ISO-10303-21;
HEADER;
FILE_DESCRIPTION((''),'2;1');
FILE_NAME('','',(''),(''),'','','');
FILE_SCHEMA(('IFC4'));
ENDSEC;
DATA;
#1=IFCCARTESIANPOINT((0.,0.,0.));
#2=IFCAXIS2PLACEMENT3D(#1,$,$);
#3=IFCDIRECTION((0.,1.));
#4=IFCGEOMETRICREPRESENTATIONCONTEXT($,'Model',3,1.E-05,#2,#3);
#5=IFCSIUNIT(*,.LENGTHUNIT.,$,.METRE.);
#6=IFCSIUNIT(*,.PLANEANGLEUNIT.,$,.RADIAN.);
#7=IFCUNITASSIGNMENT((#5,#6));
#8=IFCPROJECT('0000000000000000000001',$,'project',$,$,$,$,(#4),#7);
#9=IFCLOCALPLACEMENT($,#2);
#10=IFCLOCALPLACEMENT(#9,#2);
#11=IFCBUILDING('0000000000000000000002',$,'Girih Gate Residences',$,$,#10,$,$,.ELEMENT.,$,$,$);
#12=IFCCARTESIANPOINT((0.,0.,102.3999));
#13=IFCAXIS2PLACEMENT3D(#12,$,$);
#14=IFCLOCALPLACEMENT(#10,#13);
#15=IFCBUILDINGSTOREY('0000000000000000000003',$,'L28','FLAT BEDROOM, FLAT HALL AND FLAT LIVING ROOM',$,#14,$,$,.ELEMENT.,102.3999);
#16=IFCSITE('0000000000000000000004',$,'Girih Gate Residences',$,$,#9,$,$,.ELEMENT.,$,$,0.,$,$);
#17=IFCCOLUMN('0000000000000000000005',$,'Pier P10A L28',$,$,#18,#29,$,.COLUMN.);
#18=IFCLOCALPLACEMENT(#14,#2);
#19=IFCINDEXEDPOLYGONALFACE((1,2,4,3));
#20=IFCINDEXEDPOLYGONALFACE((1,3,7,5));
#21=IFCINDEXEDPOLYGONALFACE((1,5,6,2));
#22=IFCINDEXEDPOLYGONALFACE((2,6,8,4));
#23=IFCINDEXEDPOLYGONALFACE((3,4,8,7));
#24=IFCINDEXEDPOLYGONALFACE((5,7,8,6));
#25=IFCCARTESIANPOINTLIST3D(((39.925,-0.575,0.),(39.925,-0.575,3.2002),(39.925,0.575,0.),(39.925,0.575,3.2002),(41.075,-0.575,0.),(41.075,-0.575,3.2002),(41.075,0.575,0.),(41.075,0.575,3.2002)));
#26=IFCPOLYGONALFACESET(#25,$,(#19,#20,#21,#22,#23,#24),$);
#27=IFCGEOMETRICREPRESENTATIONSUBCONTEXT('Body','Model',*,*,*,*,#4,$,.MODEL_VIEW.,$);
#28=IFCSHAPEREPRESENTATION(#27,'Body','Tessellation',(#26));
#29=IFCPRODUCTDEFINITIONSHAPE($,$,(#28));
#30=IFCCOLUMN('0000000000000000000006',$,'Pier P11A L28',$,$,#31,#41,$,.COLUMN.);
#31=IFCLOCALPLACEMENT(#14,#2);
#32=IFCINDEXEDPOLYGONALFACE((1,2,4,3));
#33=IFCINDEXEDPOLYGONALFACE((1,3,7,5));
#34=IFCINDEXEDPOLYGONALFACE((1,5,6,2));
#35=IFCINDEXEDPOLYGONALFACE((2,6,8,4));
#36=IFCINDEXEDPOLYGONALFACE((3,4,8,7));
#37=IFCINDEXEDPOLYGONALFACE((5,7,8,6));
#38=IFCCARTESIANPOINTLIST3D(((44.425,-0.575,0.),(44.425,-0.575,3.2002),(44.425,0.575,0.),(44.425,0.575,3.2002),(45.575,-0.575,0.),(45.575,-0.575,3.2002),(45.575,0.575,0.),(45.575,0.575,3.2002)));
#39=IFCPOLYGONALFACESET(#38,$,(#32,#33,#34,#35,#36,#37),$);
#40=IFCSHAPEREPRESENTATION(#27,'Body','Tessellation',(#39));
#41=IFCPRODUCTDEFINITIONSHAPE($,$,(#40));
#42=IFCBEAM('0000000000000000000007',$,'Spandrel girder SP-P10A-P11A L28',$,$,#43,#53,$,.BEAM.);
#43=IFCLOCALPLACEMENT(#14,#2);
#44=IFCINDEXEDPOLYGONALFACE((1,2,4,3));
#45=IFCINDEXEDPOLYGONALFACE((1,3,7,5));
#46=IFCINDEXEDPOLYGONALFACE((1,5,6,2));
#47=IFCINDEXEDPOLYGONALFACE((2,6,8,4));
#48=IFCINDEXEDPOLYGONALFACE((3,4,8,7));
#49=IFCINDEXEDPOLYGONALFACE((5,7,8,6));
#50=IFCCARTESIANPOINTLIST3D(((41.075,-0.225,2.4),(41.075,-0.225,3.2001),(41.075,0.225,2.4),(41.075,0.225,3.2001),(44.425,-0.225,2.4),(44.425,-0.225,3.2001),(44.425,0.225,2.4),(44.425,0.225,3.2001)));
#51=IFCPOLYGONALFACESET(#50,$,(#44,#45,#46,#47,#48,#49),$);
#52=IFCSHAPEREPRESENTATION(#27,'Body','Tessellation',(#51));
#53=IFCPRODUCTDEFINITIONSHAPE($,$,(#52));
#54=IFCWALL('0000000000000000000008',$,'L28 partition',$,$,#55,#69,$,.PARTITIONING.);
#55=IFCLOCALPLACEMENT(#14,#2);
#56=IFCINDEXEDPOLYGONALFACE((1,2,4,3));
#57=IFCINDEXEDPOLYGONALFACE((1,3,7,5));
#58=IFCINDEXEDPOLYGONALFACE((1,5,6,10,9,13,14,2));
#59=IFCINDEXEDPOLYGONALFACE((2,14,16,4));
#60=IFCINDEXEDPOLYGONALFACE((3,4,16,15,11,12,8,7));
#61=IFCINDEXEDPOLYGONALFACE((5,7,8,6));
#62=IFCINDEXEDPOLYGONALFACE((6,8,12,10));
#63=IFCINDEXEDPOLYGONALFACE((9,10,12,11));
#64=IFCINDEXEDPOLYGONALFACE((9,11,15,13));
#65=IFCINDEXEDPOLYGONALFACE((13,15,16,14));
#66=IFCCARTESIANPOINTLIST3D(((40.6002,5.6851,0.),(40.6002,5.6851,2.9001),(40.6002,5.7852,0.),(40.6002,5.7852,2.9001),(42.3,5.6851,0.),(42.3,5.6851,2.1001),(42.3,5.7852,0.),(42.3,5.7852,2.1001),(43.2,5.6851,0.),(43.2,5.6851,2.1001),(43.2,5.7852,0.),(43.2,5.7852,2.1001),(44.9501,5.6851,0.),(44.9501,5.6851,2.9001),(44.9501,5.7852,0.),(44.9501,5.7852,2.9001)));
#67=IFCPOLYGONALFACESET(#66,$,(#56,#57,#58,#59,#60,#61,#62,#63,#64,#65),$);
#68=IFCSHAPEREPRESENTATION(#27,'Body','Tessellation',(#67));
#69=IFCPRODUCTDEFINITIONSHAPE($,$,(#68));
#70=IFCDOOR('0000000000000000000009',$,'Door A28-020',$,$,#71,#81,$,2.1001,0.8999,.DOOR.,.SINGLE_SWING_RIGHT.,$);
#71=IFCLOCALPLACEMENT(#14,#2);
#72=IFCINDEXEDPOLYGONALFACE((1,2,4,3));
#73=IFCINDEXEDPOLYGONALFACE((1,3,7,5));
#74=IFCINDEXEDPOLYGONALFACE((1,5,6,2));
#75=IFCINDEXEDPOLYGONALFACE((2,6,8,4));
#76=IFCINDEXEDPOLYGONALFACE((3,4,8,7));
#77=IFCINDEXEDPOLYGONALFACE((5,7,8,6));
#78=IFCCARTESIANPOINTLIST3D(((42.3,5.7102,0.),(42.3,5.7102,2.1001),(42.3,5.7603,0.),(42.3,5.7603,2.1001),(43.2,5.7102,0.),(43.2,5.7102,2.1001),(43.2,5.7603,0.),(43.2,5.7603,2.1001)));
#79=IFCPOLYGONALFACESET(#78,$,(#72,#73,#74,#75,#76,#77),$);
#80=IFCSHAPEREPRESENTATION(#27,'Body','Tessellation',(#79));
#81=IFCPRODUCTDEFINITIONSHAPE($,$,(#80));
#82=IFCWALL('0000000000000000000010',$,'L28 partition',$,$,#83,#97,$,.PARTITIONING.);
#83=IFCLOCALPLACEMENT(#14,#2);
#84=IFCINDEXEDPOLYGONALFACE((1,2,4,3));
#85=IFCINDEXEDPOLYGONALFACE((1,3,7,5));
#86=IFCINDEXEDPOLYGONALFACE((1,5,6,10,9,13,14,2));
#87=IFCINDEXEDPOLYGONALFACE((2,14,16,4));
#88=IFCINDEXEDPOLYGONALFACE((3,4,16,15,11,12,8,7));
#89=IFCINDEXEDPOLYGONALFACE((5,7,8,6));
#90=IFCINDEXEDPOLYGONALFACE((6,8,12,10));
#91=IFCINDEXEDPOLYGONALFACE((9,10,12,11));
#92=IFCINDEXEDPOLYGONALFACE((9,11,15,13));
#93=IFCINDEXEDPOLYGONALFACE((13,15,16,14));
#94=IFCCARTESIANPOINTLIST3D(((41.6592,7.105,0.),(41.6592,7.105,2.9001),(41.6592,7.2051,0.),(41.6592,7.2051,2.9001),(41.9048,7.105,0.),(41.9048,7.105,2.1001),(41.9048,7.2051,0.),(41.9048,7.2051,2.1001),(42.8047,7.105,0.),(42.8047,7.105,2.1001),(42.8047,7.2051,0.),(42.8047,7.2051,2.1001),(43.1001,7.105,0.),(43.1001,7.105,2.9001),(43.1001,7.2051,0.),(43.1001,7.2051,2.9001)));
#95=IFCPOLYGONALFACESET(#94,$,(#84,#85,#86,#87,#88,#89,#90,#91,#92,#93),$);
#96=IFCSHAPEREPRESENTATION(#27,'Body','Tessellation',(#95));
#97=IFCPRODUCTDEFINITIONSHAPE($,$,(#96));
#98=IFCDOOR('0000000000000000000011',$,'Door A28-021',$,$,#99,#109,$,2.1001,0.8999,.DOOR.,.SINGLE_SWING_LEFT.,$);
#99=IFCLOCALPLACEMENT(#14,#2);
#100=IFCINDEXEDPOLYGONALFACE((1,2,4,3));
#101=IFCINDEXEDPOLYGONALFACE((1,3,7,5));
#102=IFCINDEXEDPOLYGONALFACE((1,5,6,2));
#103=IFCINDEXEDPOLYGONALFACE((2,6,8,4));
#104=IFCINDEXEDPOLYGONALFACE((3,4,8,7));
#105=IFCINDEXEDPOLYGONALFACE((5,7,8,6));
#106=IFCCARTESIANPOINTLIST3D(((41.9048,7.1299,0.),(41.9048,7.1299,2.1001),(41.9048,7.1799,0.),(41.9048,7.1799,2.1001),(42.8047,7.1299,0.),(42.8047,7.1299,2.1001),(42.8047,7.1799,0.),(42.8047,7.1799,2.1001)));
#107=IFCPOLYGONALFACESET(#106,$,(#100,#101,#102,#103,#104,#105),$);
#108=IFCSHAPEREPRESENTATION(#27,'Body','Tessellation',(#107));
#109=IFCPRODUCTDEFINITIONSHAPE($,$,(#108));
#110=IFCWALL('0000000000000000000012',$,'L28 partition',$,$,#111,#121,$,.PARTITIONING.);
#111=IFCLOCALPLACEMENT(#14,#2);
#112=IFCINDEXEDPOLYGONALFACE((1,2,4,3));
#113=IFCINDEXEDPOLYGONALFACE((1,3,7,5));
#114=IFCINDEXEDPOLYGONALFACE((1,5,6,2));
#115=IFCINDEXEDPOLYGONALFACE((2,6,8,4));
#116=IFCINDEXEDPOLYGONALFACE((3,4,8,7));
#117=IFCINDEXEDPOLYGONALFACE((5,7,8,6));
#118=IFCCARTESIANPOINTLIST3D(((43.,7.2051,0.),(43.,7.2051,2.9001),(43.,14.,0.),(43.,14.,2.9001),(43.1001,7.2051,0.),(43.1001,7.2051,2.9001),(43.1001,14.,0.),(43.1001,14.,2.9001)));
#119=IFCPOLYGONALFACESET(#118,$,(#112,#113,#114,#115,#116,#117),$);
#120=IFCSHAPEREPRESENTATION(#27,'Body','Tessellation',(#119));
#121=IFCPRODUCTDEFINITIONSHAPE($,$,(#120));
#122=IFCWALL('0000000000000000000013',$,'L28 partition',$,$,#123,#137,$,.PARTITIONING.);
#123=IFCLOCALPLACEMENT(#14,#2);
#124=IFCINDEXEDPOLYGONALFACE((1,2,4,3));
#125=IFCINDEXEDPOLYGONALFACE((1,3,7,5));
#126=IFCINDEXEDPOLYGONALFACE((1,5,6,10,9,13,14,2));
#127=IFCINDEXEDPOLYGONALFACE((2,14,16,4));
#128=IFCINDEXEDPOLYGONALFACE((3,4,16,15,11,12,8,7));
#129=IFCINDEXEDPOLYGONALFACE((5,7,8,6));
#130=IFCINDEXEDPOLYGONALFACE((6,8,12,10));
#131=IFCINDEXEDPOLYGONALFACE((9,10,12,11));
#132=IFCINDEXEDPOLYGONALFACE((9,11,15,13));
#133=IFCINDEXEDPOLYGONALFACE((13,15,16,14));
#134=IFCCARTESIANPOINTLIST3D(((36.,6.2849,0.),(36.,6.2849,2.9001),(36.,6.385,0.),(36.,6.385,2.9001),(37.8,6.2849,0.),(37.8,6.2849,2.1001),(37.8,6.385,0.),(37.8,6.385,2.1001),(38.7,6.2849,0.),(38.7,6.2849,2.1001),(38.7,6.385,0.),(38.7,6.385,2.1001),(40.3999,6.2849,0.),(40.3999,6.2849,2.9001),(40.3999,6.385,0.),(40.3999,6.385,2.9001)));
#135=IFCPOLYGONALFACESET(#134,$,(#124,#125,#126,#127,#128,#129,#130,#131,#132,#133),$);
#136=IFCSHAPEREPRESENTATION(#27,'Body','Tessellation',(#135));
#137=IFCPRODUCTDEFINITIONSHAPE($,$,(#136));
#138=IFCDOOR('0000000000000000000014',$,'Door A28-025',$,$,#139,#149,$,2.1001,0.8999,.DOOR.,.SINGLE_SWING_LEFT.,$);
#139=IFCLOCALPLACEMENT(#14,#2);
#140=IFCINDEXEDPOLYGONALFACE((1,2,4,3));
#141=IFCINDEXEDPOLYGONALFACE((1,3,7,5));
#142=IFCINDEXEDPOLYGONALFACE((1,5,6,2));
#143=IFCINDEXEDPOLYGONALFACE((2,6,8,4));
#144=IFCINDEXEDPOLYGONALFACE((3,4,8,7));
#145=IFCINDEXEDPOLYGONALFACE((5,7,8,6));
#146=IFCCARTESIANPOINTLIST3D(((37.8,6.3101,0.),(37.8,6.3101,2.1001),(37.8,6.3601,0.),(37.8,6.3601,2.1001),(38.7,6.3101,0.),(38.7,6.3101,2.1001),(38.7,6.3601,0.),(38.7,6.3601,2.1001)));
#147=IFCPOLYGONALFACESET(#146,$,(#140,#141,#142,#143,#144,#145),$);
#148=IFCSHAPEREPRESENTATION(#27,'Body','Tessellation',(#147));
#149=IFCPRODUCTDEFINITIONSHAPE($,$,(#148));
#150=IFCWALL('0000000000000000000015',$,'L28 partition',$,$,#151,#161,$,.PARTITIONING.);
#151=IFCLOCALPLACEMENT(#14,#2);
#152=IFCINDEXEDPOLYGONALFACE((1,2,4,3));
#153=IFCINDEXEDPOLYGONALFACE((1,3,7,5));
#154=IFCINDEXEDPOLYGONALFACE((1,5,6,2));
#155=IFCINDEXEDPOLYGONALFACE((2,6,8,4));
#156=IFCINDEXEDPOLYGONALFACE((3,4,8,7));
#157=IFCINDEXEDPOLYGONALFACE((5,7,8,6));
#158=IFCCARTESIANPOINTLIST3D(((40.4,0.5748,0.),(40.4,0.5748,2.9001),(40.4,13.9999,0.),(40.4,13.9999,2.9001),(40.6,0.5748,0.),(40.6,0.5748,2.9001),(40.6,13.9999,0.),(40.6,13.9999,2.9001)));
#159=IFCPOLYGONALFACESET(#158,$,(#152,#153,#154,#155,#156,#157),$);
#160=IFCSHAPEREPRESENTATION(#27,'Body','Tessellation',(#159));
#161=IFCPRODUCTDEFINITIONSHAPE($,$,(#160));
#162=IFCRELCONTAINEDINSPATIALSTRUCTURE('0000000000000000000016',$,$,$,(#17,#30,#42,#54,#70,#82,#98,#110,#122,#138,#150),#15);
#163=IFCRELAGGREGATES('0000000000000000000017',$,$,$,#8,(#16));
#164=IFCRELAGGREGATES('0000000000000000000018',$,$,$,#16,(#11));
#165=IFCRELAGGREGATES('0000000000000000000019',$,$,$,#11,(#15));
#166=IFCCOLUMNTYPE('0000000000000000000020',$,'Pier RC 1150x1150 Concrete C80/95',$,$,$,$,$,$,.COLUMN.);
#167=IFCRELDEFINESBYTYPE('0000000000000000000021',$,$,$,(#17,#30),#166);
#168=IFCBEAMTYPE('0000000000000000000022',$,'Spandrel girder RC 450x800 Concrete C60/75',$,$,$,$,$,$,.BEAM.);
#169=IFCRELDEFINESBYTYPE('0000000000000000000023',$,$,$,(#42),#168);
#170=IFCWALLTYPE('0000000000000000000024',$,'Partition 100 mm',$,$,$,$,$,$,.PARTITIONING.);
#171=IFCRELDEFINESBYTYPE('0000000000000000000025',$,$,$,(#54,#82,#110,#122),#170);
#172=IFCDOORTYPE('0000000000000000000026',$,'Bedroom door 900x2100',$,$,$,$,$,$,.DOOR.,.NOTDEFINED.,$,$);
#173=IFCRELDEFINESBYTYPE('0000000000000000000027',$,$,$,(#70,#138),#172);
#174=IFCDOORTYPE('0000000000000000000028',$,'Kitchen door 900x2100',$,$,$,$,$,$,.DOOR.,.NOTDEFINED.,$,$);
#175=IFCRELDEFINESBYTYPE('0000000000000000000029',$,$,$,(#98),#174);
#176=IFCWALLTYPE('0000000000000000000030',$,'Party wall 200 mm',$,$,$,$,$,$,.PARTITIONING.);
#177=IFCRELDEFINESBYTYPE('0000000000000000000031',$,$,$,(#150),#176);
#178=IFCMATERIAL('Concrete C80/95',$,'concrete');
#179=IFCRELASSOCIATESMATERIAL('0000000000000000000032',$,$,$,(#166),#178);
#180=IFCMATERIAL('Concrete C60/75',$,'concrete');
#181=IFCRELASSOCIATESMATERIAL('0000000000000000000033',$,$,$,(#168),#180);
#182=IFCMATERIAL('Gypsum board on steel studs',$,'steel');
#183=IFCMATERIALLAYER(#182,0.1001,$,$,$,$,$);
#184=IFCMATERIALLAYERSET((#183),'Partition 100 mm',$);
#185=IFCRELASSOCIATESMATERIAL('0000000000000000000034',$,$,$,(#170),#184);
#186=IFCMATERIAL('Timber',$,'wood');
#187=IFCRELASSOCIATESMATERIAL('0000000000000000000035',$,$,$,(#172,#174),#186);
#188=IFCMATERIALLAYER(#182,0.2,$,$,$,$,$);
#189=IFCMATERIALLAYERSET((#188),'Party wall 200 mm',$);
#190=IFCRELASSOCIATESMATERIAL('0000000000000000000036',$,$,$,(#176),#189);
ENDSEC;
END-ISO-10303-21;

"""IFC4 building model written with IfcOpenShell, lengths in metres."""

from ifc_helpers import new_model, si_unit, direction, frame, frame_2d, origin, origin_2d, place, context, subcontext, project, spatial, rectangle, extrude, material, layer, layer_set, material_profile, profile_set, type_object, element, fill, save


model = new_model("IFC4")

# Units and contexts
model_context = context("Model", 3, precision=1e-05, world=origin(), true_north=direction((0.0, 1.0)))
body_context = subcontext(model_context, "Body", "Model", "MODEL_VIEW")
ifc_project = project(units=[si_unit("LENGTHUNIT", "METRE"), si_unit("PLANEANGLEUNIT", "RADIAN")], contexts=[model_context])

# Site, building, storey
site_placement = place(None, origin())
site = spatial("IfcSite", under=ifc_project, at=site_placement, Name="Girih Gate Residences", CompositionType="ELEMENT", RefElevation=0.0)
building_placement = place(site_placement, origin())
building = spatial("IfcBuilding", under=site, at=building_placement, Name="Girih Gate Residences", CompositionType="ELEMENT")
storey_placement = place(building_placement, frame((0.0, 0.0, 102.3999)))
storey = spatial("IfcBuildingStorey", under=building, at=storey_placement, Name="L28", Description="FLAT BEDROOM, FLAT HALL AND FLAT LIVING ROOM", CompositionType="ELEMENT", Elevation=102.3999)

# Columns
ifc_material_1 = material(Name="Concrete C80/95", Category="concrete")
ifc_material_profile_1 = material_profile(ifc_material_1, rectangle(XDim=1.1499, YDim=1.1499, at=origin_2d()))
ifc_profile_set_1 = profile_set([ifc_material_profile_1], Name="Concrete C80/95")
column_type = type_object("IfcColumnType", Name="Pier RC 1150x1150 Concrete C80/95", PredefinedType="COLUMN", material=ifc_profile_set_1)
for number, where, z_axis, x_axis, name in (
    (1, (40.5, 0.0, 0.0), (0.0, 0.0, 1.0), (1.0, 0.0, 0.0), "Pier P10A L28"),
    (2, (45.0, 0.0, 0.0), (0.0, 0.0, 1.0), (1.0, 0.0, 0.0), "Pier P11A L28"),
):
    element("IfcColumn", number, at=place(storey_placement, frame(where, z_axis=z_axis, x_axis=x_axis)), inside=storey, type_object=column_type, Name=name, PredefinedType="COLUMN", context=body_context, shape_type="SweptSolid", body=[
        extrude(rectangle(XDim=1.1499, YDim=1.1499, at=origin_2d()), origin(), (0.0, 0.0, 1.0), 3.2002),
    ])

# Beam
ifc_material_2 = material(Name="Concrete C60/75", Category="concrete")
ifc_material_profile_2 = material_profile(ifc_material_2, rectangle(XDim=0.45, YDim=0.8, at=origin_2d()))
ifc_profile_set_2 = profile_set([ifc_material_profile_2], Name="Concrete C60/75")
beam_type = type_object("IfcBeamType", Name="Spandrel girder RC 450x800 Concrete C60/75", PredefinedType="BEAM", material=ifc_profile_set_2)
beam_placement = place(storey_placement, frame((41.075, 0.0, 2.8), z_axis=(1.0, 0.0, 0.0), x_axis=(0.0, 1.0, 0.0)))
element("IfcBeam", 3, at=beam_placement, inside=storey, type_object=beam_type, Name="Spandrel girder SP-P10A-P11A L28", PredefinedType="BEAM", context=body_context, shape_type="SweptSolid", body=[
    extrude(rectangle(XDim=0.45, YDim=0.8, at=origin_2d()), origin(), (0.0, 0.0, 1.0), 3.3501),
])

# Walls, openings, doors
ifc_material_3 = material(Name="Gypsum board on steel studs", Category="steel")
ifc_layer_1 = layer(ifc_material_3, 0.1001)
ifc_layer_set_1 = layer_set([ifc_layer_1], Name="Partition 100 mm")
wall_type_1 = type_object("IfcWallType", Name="Partition 100 mm", PredefinedType="PARTITIONING", material=ifc_layer_set_1)
wall_1_placement = place(storey_placement, frame((44.95, 5.7351, 0.0), z_axis=(0.0, 0.0, 1.0), x_axis=(-1.0, 0.0, 0.0)))
wall_1 = element("IfcWall", 4, at=wall_1_placement, inside=storey, type_object=wall_type_1, Name="L28 partition", PredefinedType="PARTITIONING", context=body_context, shape_type="SweptSolid", body=[
    extrude(rectangle(XDim=4.3499, YDim=0.1001, at=frame_2d((2.1748, 0.0))), origin(), (0.0, 0.0, 1.0), 2.9001),
])
opening_1_placement = place(wall_1_placement, frame((1.75, 0.0, 0.0)))
opening_1 = element("IfcOpeningElement", 5, at=opening_1_placement, cuts=wall_1, PredefinedType="OPENING", context=body_context, shape_type="SweptSolid", body=[
    extrude(rectangle(XDim=0.8999, YDim=2.1001, at=frame_2d((0.45, 1.05))), frame((0.0, 0.0601, 0.0), z_axis=(0.0, -1.0, 0.0), x_axis=(1.0, 0.0, 0.0)), (0.0, 0.0, 1.0), 0.1201),
])
ifc_material_4 = material(Name="Timber", Category="wood")
door_type_1 = type_object("IfcDoorType", Name="Bedroom door 900x2100", OperationType="NOTDEFINED", PredefinedType="DOOR", material=ifc_material_4)
door_1_placement = place(opening_1_placement, origin())
door_1 = element("IfcDoor", 6, at=door_1_placement, inside=storey, type_object=door_type_1, Name="Door A28-020", OperationType="SINGLE_SWING_RIGHT", OverallHeight=2.1001, OverallWidth=0.8999, PredefinedType="DOOR", context=body_context, shape_type="SweptSolid", body=[
    extrude(rectangle(XDim=0.8999, YDim=2.1001, at=frame_2d((0.45, 1.05))), frame((0.0, 0.0249, 0.0), z_axis=(0.0, -1.0, 0.0), x_axis=(1.0, 0.0, 0.0)), (0.0, 0.0, 1.0), 0.05),
])
fill(opening_1, door_1)
wall_2_placement = place(storey_placement, frame((41.6592, 7.155, 0.0), z_axis=(0.0, 0.0, 1.0), x_axis=(1.0, 0.0, 0.0)))
wall_2 = element("IfcWall", 7, at=wall_2_placement, inside=storey, type_object=wall_type_1, Name="L28 partition", PredefinedType="PARTITIONING", context=body_context, shape_type="SweptSolid", body=[
    extrude(rectangle(XDim=1.4409, YDim=0.1001, at=frame_2d((0.7205, 0.0))), origin(), (0.0, 0.0, 1.0), 2.9001),
])
opening_2_placement = place(wall_2_placement, frame((0.2456, 0.0, 0.0)))
opening_2 = element("IfcOpeningElement", 8, at=opening_2_placement, cuts=wall_2, PredefinedType="OPENING", context=body_context, shape_type="SweptSolid", body=[
    extrude(rectangle(XDim=0.8999, YDim=2.1001, at=frame_2d((0.45, 1.05))), frame((0.0, 0.0601, 0.0), z_axis=(0.0, -1.0, 0.0), x_axis=(1.0, 0.0, 0.0)), (0.0, 0.0, 1.0), 0.1201),
])
door_type_2 = type_object("IfcDoorType", Name="Kitchen door 900x2100", OperationType="NOTDEFINED", PredefinedType="DOOR", material=ifc_material_4)
door_2_placement = place(opening_2_placement, origin())
door_2 = element("IfcDoor", 9, at=door_2_placement, inside=storey, type_object=door_type_2, Name="Door A28-021", OperationType="SINGLE_SWING_LEFT", OverallHeight=2.1001, OverallWidth=0.8999, PredefinedType="DOOR", context=body_context, shape_type="SweptSolid", body=[
    extrude(rectangle(XDim=0.8999, YDim=2.1001, at=frame_2d((0.45, 1.05))), frame((0.0, 0.0249, 0.0), z_axis=(0.0, -1.0, 0.0), x_axis=(1.0, 0.0, 0.0)), (0.0, 0.0, 1.0), 0.05),
])
fill(opening_2, door_2)

# Wall
wall_3_placement = place(storey_placement, frame((43.05, 7.2051, 0.0), z_axis=(0.0, 0.0, 1.0), x_axis=(0.0, 1.0, 0.0)))
element("IfcWall", 10, at=wall_3_placement, inside=storey, type_object=wall_type_1, Name="L28 partition", PredefinedType="PARTITIONING", context=body_context, shape_type="SweptSolid", body=[
    extrude(rectangle(XDim=6.7949, YDim=0.1001, at=frame_2d((3.3975, 0.0))), origin(), (0.0, 0.0, 1.0), 2.9001),
])

# Wall, opening, door
wall_4_placement = place(storey_placement, frame((40.3999, 6.335, 0.0), z_axis=(0.0, 0.0, 1.0), x_axis=(-1.0, 0.0, 0.0)))
wall_4 = element("IfcWall", 11, at=wall_4_placement, inside=storey, type_object=wall_type_1, Name="L28 partition", PredefinedType="PARTITIONING", context=body_context, shape_type="SweptSolid", body=[
    extrude(rectangle(XDim=4.3999, YDim=0.1001, at=frame_2d((2.2, 0.0))), origin(), (0.0, 0.0, 1.0), 2.9001),
])
opening_3_placement = place(wall_4_placement, frame((1.7, 0.0, 0.0)))
opening_3 = element("IfcOpeningElement", 12, at=opening_3_placement, cuts=wall_4, PredefinedType="OPENING", context=body_context, shape_type="SweptSolid", body=[
    extrude(rectangle(XDim=0.8999, YDim=2.1001, at=frame_2d((0.45, 1.05))), frame((0.0, 0.0601, 0.0), z_axis=(0.0, -1.0, 0.0), x_axis=(1.0, 0.0, 0.0)), (0.0, 0.0, 1.0), 0.1201),
])
door_3_placement = place(opening_3_placement, origin())
door_3 = element("IfcDoor", 13, at=door_3_placement, inside=storey, type_object=door_type_1, Name="Door A28-025", OperationType="SINGLE_SWING_LEFT", OverallHeight=2.1001, OverallWidth=0.8999, PredefinedType="DOOR", context=body_context, shape_type="SweptSolid", body=[
    extrude(rectangle(XDim=0.8999, YDim=2.1001, at=frame_2d((0.45, 1.05))), frame((0.0, 0.0249, 0.0), z_axis=(0.0, -1.0, 0.0), x_axis=(1.0, 0.0, 0.0)), (0.0, 0.0, 1.0), 0.05),
])
fill(opening_3, door_3)

# Wall
ifc_layer_2 = layer(ifc_material_3, 0.2)
ifc_layer_set_2 = layer_set([ifc_layer_2], Name="Party wall 200 mm")
wall_type_2 = type_object("IfcWallType", Name="Party wall 200 mm", PredefinedType="PARTITIONING", material=ifc_layer_set_2)
wall_5_placement = place(storey_placement, frame((40.5, 0.575, 0.0), z_axis=(0.0, 0.0, 1.0), x_axis=(0.0, 1.0, 0.0)))
element("IfcWall", 14, at=wall_5_placement, inside=storey, type_object=wall_type_2, Name="L28 partition", PredefinedType="PARTITIONING", context=body_context, shape_type="SweptSolid", body=[
    extrude(rectangle(XDim=13.425, YDim=0.2, at=frame_2d((6.7124, 0.0))), origin(), (0.0, 0.0, 1.0), 2.9001),
])

save(model, "model.ifc")
